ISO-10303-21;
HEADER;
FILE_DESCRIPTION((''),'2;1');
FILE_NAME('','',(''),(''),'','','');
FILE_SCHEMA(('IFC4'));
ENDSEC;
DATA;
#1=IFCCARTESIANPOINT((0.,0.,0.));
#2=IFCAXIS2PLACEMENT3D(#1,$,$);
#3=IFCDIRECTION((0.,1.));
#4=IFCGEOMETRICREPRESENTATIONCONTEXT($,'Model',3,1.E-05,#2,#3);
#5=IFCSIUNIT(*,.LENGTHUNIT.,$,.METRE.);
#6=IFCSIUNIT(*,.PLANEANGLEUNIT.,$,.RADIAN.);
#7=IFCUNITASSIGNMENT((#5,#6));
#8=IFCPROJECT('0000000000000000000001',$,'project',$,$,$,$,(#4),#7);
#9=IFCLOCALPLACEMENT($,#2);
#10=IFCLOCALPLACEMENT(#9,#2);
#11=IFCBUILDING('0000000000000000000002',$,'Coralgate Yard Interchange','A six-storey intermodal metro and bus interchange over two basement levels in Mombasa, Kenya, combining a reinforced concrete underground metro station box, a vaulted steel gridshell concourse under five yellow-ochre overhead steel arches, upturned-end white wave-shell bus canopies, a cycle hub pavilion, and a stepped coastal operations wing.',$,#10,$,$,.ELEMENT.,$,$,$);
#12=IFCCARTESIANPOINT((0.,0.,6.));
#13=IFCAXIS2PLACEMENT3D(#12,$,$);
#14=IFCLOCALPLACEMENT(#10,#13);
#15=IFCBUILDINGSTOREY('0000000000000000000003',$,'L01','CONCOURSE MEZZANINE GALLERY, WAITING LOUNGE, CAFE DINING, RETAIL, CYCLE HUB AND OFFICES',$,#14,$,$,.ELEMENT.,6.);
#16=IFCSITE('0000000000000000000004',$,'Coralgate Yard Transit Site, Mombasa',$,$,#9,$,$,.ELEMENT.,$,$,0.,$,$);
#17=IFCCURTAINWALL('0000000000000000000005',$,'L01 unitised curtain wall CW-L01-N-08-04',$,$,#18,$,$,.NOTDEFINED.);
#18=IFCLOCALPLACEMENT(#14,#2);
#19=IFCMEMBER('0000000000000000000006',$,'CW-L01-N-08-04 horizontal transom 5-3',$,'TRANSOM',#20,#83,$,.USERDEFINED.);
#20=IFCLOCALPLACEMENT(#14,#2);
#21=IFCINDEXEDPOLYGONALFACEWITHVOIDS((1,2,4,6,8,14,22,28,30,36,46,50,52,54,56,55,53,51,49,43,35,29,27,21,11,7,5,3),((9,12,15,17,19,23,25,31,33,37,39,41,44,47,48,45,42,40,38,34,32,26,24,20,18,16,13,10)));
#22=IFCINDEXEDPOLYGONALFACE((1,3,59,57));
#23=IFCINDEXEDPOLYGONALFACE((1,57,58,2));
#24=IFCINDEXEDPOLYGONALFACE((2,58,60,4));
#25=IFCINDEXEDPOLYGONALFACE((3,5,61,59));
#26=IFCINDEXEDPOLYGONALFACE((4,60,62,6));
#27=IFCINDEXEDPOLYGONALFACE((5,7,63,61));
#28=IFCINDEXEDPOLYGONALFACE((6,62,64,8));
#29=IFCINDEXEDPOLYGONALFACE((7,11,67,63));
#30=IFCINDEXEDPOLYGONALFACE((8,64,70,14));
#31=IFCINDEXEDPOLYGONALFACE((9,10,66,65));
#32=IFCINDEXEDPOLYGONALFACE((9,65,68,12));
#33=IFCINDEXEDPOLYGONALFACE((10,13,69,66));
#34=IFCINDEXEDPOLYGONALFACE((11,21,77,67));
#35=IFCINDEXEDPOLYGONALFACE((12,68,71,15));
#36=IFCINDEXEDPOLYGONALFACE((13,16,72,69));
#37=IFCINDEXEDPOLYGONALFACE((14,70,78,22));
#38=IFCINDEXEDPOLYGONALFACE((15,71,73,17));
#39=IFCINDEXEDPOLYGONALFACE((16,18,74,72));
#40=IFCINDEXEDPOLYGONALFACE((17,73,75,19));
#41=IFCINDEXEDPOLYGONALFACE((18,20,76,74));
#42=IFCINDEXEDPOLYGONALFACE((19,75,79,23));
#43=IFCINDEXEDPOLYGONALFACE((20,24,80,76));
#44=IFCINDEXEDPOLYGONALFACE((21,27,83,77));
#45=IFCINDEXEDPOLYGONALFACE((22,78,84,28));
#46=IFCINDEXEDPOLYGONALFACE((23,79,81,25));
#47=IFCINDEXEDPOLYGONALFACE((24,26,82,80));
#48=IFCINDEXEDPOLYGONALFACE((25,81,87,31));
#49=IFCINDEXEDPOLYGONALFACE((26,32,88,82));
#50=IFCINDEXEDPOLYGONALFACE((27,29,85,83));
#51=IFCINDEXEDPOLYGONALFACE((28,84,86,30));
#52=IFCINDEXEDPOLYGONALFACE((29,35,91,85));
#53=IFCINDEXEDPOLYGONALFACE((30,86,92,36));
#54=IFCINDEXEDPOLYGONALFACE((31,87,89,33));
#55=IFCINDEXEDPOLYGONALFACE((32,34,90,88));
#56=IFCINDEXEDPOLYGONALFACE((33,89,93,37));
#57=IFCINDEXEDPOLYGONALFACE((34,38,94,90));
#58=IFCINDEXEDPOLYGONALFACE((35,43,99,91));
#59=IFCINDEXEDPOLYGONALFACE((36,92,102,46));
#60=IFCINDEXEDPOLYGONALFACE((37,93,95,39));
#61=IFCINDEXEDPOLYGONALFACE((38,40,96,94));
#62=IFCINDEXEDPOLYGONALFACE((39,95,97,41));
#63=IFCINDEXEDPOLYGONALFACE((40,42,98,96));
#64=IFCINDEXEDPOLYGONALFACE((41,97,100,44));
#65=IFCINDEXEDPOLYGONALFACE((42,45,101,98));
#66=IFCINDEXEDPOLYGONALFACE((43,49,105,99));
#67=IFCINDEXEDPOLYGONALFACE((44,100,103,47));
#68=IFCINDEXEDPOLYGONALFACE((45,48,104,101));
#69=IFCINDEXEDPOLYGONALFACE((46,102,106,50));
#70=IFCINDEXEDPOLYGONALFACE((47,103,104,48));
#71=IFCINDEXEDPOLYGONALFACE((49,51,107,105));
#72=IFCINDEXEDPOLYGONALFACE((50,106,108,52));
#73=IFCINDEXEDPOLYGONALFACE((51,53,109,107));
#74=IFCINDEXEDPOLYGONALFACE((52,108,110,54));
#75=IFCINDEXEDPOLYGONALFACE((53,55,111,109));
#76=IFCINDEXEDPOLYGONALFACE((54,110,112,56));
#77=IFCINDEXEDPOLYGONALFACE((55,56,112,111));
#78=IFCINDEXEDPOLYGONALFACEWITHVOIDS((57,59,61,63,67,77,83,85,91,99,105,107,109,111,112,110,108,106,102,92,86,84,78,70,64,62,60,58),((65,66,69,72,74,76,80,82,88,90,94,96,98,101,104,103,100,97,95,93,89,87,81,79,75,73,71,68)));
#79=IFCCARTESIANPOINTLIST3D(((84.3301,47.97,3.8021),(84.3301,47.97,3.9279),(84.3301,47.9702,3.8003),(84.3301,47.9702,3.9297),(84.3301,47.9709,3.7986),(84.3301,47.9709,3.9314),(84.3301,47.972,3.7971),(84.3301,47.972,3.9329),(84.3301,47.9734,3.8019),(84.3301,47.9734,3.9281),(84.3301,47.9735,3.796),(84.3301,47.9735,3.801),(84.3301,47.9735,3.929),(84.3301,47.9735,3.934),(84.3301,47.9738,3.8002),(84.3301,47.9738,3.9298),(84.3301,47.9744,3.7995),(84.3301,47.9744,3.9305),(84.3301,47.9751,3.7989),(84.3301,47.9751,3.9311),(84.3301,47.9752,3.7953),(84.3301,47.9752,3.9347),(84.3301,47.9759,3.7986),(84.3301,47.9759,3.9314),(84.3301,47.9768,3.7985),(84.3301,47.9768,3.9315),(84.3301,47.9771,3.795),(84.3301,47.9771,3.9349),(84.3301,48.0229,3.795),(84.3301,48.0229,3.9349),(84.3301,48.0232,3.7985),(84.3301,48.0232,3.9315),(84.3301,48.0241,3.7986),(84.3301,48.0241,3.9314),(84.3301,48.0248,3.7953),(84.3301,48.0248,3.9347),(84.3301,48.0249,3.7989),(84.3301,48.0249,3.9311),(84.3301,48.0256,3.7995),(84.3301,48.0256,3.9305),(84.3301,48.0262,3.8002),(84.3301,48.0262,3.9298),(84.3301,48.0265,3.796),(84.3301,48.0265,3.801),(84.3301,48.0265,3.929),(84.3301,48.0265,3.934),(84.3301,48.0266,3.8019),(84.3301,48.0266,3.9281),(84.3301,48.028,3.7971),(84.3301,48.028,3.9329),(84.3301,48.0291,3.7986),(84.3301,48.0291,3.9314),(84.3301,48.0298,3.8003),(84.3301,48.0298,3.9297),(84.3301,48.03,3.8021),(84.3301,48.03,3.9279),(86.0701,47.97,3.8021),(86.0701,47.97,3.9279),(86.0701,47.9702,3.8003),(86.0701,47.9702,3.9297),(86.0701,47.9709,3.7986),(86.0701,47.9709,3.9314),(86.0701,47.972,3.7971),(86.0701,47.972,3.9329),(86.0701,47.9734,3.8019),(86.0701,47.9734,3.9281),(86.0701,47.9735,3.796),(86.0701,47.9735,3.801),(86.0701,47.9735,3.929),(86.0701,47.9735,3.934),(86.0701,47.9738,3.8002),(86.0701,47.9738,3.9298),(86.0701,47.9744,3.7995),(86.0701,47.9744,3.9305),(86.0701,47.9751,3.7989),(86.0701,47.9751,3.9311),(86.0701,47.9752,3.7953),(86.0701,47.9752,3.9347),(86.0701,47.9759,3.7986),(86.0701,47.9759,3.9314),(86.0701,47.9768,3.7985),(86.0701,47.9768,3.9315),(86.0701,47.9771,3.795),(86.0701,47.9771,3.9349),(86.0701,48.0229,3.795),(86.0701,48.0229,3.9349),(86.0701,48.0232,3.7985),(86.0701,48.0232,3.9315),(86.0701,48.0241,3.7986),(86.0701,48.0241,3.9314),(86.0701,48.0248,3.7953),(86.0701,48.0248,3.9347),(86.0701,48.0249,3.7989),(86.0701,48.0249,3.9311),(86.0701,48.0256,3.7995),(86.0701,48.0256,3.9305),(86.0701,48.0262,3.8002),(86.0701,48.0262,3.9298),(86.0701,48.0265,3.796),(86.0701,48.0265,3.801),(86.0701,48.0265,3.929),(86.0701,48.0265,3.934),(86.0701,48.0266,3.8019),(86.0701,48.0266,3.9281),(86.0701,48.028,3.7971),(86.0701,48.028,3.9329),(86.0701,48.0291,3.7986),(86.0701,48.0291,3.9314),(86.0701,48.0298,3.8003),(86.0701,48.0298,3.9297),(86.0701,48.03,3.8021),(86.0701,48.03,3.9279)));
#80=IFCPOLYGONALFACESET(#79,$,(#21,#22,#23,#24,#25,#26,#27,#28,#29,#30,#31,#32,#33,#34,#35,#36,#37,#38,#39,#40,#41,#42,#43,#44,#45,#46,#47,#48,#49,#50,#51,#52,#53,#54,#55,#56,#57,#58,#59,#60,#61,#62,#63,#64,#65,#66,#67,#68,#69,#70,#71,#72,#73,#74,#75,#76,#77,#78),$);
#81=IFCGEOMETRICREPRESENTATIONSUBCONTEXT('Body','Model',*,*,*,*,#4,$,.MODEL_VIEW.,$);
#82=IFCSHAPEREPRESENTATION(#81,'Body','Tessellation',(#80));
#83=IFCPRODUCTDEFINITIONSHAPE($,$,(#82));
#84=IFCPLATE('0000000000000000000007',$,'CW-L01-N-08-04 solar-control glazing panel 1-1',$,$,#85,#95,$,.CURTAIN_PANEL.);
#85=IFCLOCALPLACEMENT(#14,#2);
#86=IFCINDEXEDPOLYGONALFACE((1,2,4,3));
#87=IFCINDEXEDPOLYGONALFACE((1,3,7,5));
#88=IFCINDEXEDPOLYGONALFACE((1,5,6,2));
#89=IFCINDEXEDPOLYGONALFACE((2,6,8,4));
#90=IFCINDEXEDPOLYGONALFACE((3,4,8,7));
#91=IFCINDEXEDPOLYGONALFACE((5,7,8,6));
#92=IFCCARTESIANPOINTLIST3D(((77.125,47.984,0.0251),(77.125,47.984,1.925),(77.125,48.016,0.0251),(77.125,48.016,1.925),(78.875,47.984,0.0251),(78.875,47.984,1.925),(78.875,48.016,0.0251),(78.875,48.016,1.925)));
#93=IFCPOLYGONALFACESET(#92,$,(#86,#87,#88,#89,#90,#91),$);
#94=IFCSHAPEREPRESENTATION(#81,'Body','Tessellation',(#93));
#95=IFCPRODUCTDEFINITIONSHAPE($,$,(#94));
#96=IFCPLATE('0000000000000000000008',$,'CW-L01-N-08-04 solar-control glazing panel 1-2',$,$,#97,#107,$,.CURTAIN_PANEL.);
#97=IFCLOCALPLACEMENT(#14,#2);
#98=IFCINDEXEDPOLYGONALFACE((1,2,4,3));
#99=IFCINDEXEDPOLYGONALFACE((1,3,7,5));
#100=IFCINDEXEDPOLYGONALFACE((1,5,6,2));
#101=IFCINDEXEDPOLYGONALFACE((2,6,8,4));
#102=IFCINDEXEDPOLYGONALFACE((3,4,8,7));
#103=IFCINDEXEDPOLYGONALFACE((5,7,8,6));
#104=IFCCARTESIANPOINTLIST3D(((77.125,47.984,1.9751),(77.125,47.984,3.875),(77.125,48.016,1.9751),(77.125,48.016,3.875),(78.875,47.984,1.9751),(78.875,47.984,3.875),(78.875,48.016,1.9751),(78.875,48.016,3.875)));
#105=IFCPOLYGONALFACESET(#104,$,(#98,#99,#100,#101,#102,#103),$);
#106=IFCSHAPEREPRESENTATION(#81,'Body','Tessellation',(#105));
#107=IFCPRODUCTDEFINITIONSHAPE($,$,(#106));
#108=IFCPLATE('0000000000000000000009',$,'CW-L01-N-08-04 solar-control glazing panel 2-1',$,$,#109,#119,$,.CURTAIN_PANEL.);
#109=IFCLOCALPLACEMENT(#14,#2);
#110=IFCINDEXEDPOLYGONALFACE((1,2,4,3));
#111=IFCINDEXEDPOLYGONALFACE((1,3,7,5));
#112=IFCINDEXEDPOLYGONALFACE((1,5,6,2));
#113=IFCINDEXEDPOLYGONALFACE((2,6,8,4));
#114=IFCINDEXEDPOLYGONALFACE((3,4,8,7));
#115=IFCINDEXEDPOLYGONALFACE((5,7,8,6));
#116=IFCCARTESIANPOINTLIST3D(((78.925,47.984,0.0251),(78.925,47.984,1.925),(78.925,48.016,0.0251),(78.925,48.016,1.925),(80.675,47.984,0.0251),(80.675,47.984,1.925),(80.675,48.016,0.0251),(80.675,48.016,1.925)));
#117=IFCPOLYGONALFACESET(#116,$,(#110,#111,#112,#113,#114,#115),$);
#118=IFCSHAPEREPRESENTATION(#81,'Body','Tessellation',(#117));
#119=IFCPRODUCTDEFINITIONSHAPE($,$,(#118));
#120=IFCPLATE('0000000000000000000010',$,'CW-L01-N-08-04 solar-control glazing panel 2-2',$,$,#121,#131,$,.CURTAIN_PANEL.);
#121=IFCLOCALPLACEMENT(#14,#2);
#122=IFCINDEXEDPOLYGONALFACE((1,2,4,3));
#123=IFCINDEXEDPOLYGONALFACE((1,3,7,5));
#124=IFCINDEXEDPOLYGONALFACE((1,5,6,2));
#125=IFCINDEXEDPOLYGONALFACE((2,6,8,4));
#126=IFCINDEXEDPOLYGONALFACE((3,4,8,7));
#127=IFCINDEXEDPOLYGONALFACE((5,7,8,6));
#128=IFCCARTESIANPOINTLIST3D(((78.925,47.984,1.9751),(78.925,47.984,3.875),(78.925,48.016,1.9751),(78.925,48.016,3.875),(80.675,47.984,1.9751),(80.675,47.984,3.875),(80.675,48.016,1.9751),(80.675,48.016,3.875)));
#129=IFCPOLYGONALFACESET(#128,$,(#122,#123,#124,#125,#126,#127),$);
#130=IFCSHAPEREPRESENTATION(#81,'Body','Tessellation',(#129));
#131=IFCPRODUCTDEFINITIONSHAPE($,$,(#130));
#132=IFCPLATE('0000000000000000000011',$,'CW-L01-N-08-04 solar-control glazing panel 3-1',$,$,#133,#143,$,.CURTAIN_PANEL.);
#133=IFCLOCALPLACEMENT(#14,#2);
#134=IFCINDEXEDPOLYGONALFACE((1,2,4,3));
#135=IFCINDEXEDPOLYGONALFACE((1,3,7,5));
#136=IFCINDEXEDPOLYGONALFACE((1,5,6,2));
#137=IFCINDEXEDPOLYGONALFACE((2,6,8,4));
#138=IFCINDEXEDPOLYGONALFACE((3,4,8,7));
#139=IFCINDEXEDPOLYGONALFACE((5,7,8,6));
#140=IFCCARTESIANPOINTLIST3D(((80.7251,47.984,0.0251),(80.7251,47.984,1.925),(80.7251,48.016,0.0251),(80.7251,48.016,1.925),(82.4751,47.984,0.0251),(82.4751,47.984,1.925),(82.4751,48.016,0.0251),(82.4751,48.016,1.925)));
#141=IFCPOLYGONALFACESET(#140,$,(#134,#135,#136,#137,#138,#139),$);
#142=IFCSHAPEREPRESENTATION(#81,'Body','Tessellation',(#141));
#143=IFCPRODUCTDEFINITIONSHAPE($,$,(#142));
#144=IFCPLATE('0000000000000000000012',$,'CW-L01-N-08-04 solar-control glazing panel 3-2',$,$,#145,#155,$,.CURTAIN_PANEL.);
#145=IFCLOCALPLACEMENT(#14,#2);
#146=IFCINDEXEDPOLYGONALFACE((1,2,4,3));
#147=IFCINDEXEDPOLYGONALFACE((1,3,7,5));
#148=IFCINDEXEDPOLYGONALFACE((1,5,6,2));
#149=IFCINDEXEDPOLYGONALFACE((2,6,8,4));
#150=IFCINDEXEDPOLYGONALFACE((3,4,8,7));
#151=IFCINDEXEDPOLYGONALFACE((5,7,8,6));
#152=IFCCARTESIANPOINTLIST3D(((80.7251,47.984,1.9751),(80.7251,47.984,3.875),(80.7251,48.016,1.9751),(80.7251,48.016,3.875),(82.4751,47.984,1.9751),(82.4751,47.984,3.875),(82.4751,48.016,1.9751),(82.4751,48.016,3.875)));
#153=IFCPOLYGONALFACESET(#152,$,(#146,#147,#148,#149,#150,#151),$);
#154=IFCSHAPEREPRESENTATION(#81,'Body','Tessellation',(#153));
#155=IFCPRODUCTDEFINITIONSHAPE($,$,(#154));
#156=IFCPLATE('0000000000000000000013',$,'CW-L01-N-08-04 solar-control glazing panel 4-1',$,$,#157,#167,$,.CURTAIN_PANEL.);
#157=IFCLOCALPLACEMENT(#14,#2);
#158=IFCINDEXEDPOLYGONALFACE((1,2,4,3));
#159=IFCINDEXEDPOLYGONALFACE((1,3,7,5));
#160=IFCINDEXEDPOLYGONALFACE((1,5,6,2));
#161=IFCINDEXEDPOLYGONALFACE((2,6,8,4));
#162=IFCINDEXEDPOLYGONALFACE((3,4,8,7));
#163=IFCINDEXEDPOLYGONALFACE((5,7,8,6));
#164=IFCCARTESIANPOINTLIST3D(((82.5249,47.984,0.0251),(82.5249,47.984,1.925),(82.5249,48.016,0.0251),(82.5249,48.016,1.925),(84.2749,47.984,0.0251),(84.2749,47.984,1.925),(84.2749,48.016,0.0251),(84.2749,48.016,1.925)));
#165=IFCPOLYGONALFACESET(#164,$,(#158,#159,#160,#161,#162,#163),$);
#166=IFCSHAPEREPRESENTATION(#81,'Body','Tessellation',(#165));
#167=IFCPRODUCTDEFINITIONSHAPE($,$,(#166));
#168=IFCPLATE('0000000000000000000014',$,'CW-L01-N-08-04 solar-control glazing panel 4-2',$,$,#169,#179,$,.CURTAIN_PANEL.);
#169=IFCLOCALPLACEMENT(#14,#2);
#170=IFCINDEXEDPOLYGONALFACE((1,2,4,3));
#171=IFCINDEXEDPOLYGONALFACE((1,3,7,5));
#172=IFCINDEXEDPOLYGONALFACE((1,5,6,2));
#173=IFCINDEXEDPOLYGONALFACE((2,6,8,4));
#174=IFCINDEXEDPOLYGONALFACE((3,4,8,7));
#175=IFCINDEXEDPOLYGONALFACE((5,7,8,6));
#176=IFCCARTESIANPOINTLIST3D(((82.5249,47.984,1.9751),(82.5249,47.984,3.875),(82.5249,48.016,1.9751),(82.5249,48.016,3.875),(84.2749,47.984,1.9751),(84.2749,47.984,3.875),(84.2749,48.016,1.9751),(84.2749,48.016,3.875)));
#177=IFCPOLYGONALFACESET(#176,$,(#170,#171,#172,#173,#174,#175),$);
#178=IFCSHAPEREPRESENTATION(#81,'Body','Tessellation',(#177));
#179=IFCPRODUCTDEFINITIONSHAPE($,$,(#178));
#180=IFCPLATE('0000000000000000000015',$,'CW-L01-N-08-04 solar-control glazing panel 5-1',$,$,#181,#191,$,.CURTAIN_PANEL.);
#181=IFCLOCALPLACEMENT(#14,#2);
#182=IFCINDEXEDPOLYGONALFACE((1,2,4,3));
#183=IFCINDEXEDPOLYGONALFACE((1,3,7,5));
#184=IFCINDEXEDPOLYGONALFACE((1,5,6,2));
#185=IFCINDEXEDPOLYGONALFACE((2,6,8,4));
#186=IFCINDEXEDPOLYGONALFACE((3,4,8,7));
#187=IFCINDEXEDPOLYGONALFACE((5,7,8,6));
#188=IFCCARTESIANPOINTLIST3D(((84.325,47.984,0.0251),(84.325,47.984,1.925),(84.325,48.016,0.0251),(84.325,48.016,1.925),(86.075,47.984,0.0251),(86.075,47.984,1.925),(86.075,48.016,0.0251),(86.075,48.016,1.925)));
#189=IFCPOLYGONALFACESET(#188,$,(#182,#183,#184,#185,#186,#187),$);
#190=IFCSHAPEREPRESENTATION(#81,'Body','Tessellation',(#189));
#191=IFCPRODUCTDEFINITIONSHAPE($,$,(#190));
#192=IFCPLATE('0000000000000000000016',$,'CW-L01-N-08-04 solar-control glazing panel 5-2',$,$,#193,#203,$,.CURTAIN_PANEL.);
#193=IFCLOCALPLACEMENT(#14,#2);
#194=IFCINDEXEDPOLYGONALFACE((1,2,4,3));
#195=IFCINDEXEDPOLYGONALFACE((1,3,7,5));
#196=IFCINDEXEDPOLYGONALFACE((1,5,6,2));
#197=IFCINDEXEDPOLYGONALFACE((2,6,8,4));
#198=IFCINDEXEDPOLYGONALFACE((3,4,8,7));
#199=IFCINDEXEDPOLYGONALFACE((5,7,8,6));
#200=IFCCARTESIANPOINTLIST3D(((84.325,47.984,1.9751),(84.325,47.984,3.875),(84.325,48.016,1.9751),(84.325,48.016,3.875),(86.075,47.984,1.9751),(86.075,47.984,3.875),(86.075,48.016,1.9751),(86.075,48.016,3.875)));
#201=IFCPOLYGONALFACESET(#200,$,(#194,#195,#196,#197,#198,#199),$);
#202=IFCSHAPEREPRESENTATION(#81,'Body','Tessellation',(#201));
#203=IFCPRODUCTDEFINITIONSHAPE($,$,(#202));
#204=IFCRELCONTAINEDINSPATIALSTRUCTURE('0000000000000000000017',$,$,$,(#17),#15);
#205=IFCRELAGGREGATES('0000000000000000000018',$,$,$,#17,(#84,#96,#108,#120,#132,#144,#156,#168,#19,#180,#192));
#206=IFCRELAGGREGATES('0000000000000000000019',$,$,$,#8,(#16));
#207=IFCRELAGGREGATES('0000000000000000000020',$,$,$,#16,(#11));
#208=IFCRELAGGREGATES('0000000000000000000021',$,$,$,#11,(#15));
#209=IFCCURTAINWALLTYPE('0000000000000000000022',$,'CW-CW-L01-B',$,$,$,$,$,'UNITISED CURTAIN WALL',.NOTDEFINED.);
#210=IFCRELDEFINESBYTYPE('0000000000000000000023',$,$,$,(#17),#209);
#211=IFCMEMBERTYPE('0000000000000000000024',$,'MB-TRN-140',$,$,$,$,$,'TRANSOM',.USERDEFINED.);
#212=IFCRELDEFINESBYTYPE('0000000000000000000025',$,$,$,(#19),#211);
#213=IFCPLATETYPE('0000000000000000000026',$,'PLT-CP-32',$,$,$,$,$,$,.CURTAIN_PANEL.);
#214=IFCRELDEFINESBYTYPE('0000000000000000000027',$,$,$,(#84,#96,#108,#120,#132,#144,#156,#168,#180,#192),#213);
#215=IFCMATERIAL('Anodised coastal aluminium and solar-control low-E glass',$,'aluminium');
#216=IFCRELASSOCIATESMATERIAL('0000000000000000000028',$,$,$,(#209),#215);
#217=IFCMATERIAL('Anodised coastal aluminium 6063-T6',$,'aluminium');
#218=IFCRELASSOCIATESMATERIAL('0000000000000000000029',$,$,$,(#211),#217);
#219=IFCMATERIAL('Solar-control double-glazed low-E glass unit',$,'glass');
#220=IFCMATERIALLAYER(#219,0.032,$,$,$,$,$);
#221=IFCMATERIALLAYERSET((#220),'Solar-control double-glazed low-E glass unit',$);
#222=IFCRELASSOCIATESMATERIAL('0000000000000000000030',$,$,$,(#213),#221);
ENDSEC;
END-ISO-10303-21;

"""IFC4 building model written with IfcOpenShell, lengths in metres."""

from ifc_helpers import new_model, si_unit, direction, frame, origin, origin_2d, place, context, subcontext, project, spatial, rectangle, hollow_rectangle, extrude, material, layer, layer_set, material_profile, profile_set, type_object, element, aggregate, save


model = new_model("IFC4")

# Units and contexts
model_context = context("Model", 3, precision=1e-05, world=origin(), true_north=direction((0.0, 1.0)))
body_context = subcontext(model_context, "Body", "Model", "MODEL_VIEW")
ifc_project = project(units=[si_unit("LENGTHUNIT", "METRE"), si_unit("PLANEANGLEUNIT", "RADIAN")], contexts=[model_context])

# Site, building, storey
site_placement = place(None, origin())
site = spatial("IfcSite", under=ifc_project, at=site_placement, Name="Coralgate Yard Transit Site, Mombasa", CompositionType="ELEMENT", RefElevation=0.0)
building_placement = place(site_placement, origin())
building = spatial("IfcBuilding", under=site, at=building_placement, Name="Coralgate Yard Interchange", Description="A six-storey intermodal metro and bus interchange over two basement levels in Mombasa, Kenya, combining a reinforced concrete underground metro station box, a vaulted steel gridshell concourse under five yellow-ochre overhead steel arches, upturned-end white wave-shell bus canopies, a cycle hub pavilion, and a stepped coastal operations wing.", CompositionType="ELEMENT")
storey_placement = place(building_placement, frame((0.0, 0.0, 6.0)))
storey = spatial("IfcBuildingStorey", under=building, at=storey_placement, Name="L01", Description="CONCOURSE MEZZANINE GALLERY, WAITING LOUNGE, CAFE DINING, RETAIL, CYCLE HUB AND OFFICES", CompositionType="ELEMENT", Elevation=6.0)

# Curtain wall, member, plates
ifc_material_1 = material(Name="Anodised coastal aluminium and solar-control low-E glass", Category="aluminium")
curtain_wall_type = type_object("IfcCurtainWallType", Name="CW-CW-L01-B", ElementType="UNITISED CURTAIN WALL", PredefinedType="NOTDEFINED", material=ifc_material_1)
curtain_wall_placement = place(storey_placement, origin())
curtain_wall = element("IfcCurtainWall", 1, at=curtain_wall_placement, inside=storey, type_object=curtain_wall_type, Name="L01 unitised curtain wall CW-L01-N-08-04", PredefinedType="NOTDEFINED")
ifc_material_2 = material(Name="Anodised coastal aluminium 6063-T6", Category="aluminium")
ifc_material_profile_1 = material_profile(ifc_material_2, hollow_rectangle(XDim=0.0601, YDim=0.1399, WallThickness=0.0034, InnerFilletRadius=0.0034, OuterFilletRadius=0.0071, at=origin_2d()), Name="ALU 60x140x3.5")
ifc_profile_set_1 = profile_set([ifc_material_profile_1], Name="Anodised coastal aluminium 6063-T6")
member_type_1 = type_object("IfcMemberType", Name="MB-TRN-140", ElementType="TRANSOM", PredefinedType="USERDEFINED", material=ifc_profile_set_1)
member_1_placement = place(storey_placement, frame((84.3301, 48.0, 3.865), z_axis=(1.0, 0.0, 0.0), x_axis=(0.0, 1.0, 0.0)))
member_1 = element("IfcMember", 2, at=member_1_placement, type_object=member_type_1, Name="CW-L01-N-08-04 horizontal transom 5-3", ObjectType="TRANSOM", PredefinedType="USERDEFINED", context=body_context, shape_type="SweptSolid", body=[
    extrude(hollow_rectangle(XDim=0.0601, YDim=0.1399, WallThickness=0.0034, InnerFilletRadius=0.0034, OuterFilletRadius=0.0071, at=origin_2d()), origin(), (0.0, 0.0, 1.0), 1.74),
])
ifc_material_3 = material(Name="Solar-control double-glazed low-E glass unit", Category="glass")
ifc_layer = layer(ifc_material_3, 0.032)
ifc_layer_set = layer_set([ifc_layer], Name="Solar-control double-glazed low-E glass unit")
plate_type = type_object("IfcPlateType", Name="PLT-CP-32", PredefinedType="CURTAIN_PANEL", material=ifc_layer_set)
plate_1_placement = place(storey_placement, frame((78.0, 48.0, 0.0251), z_axis=(0.0, 0.0, 1.0), x_axis=(1.0, 0.0, 0.0)))
plate_1 = element("IfcPlate", 3, at=plate_1_placement, type_object=plate_type, Name="CW-L01-N-08-04 solar-control glazing panel 1-1", PredefinedType="CURTAIN_PANEL", context=body_context, shape_type="SweptSolid", body=[
    extrude(rectangle(XDim=1.75, YDim=0.032, at=origin_2d()), origin(), (0.0, 0.0, 1.0), 1.8999),
])
plate_2_placement = place(storey_placement, frame((78.0, 48.0, 1.9751), z_axis=(0.0, 0.0, 1.0), x_axis=(1.0, 0.0, 0.0)))
plate_2 = element("IfcPlate", 4, at=plate_2_placement, type_object=plate_type, Name="CW-L01-N-08-04 solar-control glazing panel 1-2", PredefinedType="CURTAIN_PANEL", context=body_context, shape_type="SweptSolid", body=[
    extrude(rectangle(XDim=1.75, YDim=0.032, at=origin_2d()), origin(), (0.0, 0.0, 1.0), 1.8999),
])
plate_3_placement = place(storey_placement, frame((79.8, 48.0, 0.0251), z_axis=(0.0, 0.0, 1.0), x_axis=(1.0, 0.0, 0.0)))
plate_3 = element("IfcPlate", 5, at=plate_3_placement, type_object=plate_type, Name="CW-L01-N-08-04 solar-control glazing panel 2-1", PredefinedType="CURTAIN_PANEL", context=body_context, shape_type="SweptSolid", body=[
    extrude(rectangle(XDim=1.75, YDim=0.032, at=origin_2d()), origin(), (0.0, 0.0, 1.0), 1.8999),
])
plate_4_placement = place(storey_placement, frame((79.8, 48.0, 1.9751), z_axis=(0.0, 0.0, 1.0), x_axis=(1.0, 0.0, 0.0)))
plate_4 = element("IfcPlate", 6, at=plate_4_placement, type_object=plate_type, Name="CW-L01-N-08-04 solar-control glazing panel 2-2", PredefinedType="CURTAIN_PANEL", context=body_context, shape_type="SweptSolid", body=[
    extrude(rectangle(XDim=1.75, YDim=0.032, at=origin_2d()), origin(), (0.0, 0.0, 1.0), 1.8999),
])
plate_5_placement = place(storey_placement, frame((81.6001, 48.0, 0.0251), z_axis=(0.0, 0.0, 1.0), x_axis=(1.0, 0.0, 0.0)))
plate_5 = element("IfcPlate", 7, at=plate_5_placement, type_object=plate_type, Name="CW-L01-N-08-04 solar-control glazing panel 3-1", PredefinedType="CURTAIN_PANEL", context=body_context, shape_type="SweptSolid", body=[
    extrude(rectangle(XDim=1.75, YDim=0.032, at=origin_2d()), origin(), (0.0, 0.0, 1.0), 1.8999),
])
plate_6_placement = place(storey_placement, frame((81.6001, 48.0, 1.9751), z_axis=(0.0, 0.0, 1.0), x_axis=(1.0, 0.0, 0.0)))
plate_6 = element("IfcPlate", 8, at=plate_6_placement, type_object=plate_type, Name="CW-L01-N-08-04 solar-control glazing panel 3-2", PredefinedType="CURTAIN_PANEL", context=body_context, shape_type="SweptSolid", body=[
    extrude(rectangle(XDim=1.75, YDim=0.032, at=origin_2d()), origin(), (0.0, 0.0, 1.0), 1.8999),
])
plate_7_placement = place(storey_placement, frame((83.3999, 48.0, 0.0251), z_axis=(0.0, 0.0, 1.0), x_axis=(1.0, 0.0, 0.0)))
plate_7 = element("IfcPlate", 9, at=plate_7_placement, type_object=plate_type, Name="CW-L01-N-08-04 solar-control glazing panel 4-1", PredefinedType="CURTAIN_PANEL", context=body_context, shape_type="SweptSolid", body=[
    extrude(rectangle(XDim=1.75, YDim=0.032, at=origin_2d()), origin(), (0.0, 0.0, 1.0), 1.8999),
])
plate_8_placement = place(storey_placement, frame((83.3999, 48.0, 1.9751), z_axis=(0.0, 0.0, 1.0), x_axis=(1.0, 0.0, 0.0)))
plate_8 = element("IfcPlate", 10, at=plate_8_placement, type_object=plate_type, Name="CW-L01-N-08-04 solar-control glazing panel 4-2", PredefinedType="CURTAIN_PANEL", context=body_context, shape_type="SweptSolid", body=[
    extrude(rectangle(XDim=1.75, YDim=0.032, at=origin_2d()), origin(), (0.0, 0.0, 1.0), 1.8999),
])
plate_9_placement = place(storey_placement, frame((85.2, 48.0, 0.0251), z_axis=(0.0, 0.0, 1.0), x_axis=(1.0, 0.0, 0.0)))
plate_9 = element("IfcPlate", 11, at=plate_9_placement, type_object=plate_type, Name="CW-L01-N-08-04 solar-control glazing panel 5-1", PredefinedType="CURTAIN_PANEL", context=body_context, shape_type="SweptSolid", body=[
    extrude(rectangle(XDim=1.75, YDim=0.032, at=origin_2d()), origin(), (0.0, 0.0, 1.0), 1.8999),
])
plate_10_placement = place(storey_placement, frame((85.2, 48.0, 1.9751), z_axis=(0.0, 0.0, 1.0), x_axis=(1.0, 0.0, 0.0)))
plate_10 = element("IfcPlate", 12, at=plate_10_placement, type_object=plate_type, Name="CW-L01-N-08-04 solar-control glazing panel 5-2", PredefinedType="CURTAIN_PANEL", context=body_context, shape_type="SweptSolid", body=[
    extrude(rectangle(XDim=1.75, YDim=0.032, at=origin_2d()), origin(), (0.0, 0.0, 1.0), 1.8999),
])
aggregate(curtain_wall, [plate_1, plate_2, plate_3, plate_4, plate_5, plate_6, plate_7, plate_8, member_1, plate_9, plate_10])

save(model, "model.ifc")
